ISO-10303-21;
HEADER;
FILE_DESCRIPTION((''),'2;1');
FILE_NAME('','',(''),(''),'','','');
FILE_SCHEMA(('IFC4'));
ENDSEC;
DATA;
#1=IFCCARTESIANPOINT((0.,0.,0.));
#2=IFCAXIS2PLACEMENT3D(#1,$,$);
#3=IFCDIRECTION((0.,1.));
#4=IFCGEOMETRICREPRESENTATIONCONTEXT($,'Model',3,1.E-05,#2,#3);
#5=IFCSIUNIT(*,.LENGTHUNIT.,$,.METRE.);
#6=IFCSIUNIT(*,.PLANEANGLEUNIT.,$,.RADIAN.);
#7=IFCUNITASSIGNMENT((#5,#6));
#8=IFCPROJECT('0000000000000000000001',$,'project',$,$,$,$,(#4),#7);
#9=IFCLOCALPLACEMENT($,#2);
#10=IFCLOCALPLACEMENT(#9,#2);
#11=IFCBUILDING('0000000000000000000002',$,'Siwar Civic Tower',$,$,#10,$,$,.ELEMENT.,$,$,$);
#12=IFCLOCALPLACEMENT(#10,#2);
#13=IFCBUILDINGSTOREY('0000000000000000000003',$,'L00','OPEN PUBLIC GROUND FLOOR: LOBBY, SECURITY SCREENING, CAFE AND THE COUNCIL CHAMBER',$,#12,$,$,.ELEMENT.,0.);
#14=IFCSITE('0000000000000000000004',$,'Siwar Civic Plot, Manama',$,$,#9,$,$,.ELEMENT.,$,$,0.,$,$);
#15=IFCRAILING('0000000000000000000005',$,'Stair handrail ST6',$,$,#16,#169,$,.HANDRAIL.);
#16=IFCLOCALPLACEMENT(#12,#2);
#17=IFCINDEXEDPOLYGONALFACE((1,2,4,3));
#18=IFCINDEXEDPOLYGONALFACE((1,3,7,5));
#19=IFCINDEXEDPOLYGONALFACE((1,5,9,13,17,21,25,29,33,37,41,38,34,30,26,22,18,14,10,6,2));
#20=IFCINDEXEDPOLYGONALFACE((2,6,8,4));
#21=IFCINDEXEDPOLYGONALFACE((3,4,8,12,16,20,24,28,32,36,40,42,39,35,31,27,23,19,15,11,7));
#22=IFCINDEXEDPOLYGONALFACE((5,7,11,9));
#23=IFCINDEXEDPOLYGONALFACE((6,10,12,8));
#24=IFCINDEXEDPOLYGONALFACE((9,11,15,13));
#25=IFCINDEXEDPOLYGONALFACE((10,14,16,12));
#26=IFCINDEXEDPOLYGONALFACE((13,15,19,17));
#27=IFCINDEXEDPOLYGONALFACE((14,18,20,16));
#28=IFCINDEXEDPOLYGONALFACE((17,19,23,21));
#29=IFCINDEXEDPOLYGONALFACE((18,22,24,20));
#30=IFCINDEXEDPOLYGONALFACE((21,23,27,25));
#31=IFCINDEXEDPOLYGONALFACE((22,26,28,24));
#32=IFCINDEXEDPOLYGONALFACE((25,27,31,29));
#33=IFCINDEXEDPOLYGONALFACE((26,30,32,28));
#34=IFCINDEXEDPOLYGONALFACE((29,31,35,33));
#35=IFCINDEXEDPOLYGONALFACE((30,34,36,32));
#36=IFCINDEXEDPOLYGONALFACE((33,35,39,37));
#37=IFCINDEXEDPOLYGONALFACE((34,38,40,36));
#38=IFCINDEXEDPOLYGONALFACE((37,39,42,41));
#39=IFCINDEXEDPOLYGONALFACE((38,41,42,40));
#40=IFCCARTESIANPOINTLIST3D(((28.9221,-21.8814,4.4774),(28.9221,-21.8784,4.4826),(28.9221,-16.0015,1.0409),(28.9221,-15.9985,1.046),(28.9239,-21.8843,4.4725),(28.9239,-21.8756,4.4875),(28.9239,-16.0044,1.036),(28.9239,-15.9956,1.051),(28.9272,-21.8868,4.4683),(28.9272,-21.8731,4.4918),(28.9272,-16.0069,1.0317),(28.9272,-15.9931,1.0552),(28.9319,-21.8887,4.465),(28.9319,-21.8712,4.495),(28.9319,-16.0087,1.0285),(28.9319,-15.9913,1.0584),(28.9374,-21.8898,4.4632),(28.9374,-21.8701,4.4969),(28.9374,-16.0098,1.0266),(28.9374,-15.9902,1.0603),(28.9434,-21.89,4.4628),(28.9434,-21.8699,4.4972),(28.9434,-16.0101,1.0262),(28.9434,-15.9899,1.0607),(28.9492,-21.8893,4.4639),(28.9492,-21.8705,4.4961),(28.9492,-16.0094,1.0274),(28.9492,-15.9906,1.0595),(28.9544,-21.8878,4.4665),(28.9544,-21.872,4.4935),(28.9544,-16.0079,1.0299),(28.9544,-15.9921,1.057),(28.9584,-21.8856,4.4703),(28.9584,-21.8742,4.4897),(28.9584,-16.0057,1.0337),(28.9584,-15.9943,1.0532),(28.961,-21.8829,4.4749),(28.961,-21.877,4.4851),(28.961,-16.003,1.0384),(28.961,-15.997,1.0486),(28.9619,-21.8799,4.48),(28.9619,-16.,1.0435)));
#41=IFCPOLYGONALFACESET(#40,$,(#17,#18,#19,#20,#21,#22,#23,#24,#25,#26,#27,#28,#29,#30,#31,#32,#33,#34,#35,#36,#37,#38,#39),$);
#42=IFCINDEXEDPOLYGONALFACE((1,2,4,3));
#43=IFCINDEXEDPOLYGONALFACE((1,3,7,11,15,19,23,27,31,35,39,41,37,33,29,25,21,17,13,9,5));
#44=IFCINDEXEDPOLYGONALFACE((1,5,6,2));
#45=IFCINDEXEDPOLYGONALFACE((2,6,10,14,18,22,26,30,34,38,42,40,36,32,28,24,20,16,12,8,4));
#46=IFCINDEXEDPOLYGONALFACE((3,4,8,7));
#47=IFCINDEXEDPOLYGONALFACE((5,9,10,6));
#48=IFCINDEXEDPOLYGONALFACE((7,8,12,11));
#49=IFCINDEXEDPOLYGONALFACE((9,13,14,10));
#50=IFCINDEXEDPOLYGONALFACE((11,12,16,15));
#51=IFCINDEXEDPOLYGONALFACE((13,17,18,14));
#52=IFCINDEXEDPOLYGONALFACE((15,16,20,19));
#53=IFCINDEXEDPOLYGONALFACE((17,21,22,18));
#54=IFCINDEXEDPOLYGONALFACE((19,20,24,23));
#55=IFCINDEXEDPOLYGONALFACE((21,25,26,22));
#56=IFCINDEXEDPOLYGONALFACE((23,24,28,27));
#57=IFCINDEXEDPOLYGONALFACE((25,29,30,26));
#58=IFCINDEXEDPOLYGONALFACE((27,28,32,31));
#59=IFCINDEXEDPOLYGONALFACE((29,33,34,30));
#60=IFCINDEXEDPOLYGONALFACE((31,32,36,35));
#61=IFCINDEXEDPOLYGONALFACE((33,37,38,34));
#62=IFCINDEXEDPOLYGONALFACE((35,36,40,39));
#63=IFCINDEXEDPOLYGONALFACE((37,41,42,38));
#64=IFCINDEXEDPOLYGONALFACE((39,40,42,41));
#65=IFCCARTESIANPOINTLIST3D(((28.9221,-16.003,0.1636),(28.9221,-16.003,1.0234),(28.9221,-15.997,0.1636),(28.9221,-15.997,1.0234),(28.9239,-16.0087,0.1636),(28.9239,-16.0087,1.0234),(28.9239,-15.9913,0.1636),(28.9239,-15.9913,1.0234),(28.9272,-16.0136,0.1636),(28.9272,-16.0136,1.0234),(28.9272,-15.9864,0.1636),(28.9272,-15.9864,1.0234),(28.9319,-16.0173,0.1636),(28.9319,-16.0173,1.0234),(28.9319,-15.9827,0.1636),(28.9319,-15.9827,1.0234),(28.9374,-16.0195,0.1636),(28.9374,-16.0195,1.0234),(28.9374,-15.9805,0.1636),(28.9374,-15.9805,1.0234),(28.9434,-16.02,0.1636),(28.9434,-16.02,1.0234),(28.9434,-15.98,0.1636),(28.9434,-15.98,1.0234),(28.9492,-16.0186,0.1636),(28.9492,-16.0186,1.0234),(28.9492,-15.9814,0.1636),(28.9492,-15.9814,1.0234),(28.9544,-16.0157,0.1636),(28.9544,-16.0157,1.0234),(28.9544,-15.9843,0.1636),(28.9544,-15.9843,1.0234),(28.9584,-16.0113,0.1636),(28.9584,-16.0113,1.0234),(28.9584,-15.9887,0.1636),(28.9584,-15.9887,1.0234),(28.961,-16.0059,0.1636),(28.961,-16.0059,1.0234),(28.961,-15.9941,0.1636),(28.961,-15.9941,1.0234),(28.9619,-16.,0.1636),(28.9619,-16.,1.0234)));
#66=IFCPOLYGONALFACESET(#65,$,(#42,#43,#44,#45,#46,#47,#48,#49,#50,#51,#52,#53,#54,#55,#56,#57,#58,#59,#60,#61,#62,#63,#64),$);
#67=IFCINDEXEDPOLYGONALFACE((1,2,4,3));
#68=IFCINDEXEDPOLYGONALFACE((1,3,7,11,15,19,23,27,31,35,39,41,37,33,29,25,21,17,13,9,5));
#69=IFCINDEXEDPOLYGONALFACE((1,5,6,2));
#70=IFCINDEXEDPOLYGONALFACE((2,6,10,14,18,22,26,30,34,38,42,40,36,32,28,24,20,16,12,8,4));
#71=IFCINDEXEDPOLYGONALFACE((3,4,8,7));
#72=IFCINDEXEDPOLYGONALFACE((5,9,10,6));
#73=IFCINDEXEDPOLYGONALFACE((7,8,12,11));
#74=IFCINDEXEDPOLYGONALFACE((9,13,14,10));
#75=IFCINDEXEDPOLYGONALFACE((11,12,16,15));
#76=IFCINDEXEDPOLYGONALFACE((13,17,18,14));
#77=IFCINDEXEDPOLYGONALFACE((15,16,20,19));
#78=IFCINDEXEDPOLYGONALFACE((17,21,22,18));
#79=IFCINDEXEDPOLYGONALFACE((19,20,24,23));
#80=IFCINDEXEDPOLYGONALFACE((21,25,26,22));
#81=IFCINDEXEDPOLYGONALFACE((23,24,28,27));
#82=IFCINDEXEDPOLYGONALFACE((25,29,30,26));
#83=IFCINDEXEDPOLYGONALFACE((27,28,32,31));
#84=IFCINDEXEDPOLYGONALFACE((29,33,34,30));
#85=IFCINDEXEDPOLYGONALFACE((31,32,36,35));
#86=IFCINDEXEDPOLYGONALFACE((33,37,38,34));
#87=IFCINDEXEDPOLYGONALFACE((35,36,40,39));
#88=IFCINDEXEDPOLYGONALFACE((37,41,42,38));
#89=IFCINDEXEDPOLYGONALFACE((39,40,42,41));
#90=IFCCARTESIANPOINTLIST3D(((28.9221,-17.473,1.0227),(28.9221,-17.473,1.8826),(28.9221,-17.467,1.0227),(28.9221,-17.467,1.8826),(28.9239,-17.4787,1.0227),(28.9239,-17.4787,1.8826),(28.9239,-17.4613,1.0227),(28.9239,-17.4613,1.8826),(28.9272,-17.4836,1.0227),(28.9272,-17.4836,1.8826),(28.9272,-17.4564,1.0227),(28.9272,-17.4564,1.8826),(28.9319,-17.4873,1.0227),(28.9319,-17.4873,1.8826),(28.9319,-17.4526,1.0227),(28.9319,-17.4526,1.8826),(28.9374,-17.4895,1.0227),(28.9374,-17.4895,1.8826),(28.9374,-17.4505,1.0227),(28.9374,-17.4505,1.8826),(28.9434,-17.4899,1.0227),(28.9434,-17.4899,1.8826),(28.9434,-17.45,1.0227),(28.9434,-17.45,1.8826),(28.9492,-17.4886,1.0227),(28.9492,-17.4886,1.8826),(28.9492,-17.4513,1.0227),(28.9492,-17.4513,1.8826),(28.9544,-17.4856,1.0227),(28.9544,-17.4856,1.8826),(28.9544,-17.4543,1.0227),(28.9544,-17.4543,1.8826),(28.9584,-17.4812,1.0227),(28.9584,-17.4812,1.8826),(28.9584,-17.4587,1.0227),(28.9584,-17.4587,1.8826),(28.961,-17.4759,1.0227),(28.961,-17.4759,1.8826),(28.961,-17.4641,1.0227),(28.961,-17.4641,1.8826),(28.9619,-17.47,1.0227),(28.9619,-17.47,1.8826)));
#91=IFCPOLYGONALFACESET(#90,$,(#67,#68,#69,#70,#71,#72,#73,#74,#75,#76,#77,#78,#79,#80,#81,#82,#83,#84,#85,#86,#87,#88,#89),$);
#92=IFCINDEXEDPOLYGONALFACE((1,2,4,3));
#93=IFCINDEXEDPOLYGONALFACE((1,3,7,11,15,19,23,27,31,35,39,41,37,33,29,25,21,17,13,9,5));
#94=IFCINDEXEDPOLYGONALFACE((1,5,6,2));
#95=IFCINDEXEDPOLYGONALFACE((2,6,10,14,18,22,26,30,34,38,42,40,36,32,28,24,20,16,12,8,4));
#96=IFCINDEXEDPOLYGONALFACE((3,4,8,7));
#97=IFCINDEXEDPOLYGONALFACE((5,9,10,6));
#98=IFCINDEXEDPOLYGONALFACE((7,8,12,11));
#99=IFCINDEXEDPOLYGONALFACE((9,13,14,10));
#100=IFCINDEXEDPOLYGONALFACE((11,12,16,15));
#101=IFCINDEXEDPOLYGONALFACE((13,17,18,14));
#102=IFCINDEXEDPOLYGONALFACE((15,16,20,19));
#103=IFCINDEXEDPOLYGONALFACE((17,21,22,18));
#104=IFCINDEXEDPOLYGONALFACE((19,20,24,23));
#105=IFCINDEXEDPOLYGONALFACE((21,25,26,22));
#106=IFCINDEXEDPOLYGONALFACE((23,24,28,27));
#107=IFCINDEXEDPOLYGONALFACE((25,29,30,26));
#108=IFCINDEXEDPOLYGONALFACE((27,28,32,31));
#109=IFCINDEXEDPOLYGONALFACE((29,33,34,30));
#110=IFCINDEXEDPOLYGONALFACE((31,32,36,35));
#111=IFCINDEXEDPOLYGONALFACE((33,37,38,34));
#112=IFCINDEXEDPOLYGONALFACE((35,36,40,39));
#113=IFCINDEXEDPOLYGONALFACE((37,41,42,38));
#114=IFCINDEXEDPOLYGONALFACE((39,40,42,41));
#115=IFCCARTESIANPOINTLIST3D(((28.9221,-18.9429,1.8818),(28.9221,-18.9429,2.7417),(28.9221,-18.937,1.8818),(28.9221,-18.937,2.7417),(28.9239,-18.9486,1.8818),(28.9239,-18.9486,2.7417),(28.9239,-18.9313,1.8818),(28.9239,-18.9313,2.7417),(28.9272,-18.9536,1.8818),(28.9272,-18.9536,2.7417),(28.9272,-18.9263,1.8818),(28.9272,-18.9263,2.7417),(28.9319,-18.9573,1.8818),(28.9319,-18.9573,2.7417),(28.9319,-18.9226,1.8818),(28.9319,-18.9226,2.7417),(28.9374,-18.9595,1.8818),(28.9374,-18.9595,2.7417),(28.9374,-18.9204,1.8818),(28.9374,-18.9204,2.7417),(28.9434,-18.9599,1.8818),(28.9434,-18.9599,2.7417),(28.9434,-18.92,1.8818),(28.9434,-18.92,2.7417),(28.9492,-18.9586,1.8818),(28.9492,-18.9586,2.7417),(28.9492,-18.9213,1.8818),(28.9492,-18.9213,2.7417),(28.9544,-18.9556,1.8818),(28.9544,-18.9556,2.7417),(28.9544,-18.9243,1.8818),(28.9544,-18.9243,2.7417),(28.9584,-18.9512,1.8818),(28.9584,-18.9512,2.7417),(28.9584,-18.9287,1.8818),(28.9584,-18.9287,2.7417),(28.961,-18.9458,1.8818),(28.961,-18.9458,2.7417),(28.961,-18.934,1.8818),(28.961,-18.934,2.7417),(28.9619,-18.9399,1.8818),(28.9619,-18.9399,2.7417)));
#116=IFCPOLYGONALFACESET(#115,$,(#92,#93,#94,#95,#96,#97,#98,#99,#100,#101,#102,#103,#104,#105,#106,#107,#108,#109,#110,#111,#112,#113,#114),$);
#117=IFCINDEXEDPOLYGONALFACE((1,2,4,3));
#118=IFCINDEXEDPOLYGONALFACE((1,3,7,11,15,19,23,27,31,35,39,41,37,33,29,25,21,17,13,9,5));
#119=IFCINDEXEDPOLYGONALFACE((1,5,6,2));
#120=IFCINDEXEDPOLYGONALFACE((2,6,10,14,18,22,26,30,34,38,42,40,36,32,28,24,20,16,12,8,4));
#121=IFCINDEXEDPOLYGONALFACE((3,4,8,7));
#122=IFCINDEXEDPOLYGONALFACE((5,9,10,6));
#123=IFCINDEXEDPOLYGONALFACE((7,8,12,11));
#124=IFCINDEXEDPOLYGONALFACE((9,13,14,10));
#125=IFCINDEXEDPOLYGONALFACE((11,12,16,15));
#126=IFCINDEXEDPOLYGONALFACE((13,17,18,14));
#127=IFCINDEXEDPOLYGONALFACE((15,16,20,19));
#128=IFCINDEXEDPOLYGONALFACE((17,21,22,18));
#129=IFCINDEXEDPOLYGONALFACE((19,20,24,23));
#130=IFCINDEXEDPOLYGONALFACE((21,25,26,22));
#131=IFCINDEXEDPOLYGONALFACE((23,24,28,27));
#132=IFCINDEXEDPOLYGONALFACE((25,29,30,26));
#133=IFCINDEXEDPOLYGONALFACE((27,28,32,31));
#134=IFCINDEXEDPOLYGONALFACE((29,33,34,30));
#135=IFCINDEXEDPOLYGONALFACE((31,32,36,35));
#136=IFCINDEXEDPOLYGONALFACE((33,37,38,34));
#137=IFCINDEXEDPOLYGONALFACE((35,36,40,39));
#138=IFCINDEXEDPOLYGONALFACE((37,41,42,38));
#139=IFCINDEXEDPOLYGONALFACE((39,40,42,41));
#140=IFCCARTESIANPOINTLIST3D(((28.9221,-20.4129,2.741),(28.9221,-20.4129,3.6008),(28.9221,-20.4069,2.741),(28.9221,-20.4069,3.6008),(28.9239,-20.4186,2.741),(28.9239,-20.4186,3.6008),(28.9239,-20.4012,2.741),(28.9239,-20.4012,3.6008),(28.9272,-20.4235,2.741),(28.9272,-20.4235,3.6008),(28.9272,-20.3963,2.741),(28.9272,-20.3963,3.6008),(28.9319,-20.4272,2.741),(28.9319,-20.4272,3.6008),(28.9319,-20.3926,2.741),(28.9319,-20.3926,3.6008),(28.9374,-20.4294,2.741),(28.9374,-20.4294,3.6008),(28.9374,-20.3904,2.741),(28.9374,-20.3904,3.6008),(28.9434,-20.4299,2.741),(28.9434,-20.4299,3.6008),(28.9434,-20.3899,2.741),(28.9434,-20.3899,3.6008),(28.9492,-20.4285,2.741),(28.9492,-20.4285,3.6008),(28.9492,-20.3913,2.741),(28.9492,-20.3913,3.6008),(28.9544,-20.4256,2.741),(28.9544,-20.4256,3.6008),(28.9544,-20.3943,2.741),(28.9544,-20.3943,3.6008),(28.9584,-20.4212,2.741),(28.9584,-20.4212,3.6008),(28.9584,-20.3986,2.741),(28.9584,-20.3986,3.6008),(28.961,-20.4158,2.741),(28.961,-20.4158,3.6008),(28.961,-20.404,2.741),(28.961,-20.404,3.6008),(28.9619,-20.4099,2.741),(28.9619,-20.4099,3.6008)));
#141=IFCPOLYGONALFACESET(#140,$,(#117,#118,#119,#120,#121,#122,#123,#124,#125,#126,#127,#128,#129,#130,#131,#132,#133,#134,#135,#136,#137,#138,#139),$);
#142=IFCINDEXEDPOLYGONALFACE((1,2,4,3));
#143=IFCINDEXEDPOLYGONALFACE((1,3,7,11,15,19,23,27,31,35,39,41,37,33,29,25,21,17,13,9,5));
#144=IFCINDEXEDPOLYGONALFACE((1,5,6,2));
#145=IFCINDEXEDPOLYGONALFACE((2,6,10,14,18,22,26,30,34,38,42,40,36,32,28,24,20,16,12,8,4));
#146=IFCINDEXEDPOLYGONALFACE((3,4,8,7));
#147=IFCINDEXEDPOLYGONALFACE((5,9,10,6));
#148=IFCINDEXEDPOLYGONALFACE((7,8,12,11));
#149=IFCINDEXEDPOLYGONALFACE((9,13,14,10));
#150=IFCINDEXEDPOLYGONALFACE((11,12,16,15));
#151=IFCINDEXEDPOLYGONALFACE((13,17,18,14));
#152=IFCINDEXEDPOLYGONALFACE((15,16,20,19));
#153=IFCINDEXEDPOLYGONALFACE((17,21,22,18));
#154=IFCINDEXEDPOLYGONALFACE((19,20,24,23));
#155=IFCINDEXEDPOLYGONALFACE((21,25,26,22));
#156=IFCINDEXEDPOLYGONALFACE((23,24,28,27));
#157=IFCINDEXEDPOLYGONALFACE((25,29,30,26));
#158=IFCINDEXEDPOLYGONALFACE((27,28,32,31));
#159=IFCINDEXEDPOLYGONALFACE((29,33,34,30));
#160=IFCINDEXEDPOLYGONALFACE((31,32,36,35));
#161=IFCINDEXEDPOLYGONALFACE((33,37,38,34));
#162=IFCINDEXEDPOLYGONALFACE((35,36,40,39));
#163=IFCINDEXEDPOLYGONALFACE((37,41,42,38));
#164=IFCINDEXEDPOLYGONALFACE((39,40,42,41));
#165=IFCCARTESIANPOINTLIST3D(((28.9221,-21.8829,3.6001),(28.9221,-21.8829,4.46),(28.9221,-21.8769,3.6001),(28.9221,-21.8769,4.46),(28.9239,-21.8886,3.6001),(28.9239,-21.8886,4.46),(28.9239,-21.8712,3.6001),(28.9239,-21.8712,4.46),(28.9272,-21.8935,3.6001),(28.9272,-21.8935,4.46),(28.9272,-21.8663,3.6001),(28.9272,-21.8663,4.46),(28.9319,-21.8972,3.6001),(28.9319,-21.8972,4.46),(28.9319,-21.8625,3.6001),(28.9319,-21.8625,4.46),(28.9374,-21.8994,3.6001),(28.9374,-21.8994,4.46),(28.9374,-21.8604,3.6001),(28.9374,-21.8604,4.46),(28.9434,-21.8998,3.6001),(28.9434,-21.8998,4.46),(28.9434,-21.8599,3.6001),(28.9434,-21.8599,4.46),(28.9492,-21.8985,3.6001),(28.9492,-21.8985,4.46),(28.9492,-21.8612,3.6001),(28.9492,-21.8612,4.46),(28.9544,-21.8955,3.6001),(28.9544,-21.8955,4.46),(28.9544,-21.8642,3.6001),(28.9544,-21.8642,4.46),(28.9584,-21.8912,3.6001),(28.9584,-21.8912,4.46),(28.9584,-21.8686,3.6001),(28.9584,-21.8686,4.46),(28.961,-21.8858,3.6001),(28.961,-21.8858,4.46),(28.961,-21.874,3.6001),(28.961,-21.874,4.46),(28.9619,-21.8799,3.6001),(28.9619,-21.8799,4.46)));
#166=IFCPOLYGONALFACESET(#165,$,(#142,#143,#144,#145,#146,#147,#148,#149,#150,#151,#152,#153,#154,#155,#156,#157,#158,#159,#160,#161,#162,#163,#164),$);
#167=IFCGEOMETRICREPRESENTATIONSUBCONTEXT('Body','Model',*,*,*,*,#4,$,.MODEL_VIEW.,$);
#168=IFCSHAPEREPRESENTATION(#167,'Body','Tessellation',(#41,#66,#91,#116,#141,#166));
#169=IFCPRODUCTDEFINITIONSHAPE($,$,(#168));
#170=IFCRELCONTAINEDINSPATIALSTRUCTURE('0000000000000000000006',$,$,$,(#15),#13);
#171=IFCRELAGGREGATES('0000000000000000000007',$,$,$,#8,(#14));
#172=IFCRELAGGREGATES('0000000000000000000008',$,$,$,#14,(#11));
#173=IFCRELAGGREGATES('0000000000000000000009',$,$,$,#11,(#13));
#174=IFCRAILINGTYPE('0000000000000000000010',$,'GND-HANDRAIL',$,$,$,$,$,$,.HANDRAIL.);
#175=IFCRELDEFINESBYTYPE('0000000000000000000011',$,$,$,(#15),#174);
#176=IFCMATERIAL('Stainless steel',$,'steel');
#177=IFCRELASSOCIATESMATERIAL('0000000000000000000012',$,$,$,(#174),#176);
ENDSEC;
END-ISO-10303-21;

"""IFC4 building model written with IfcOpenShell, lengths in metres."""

from ifc_helpers import new_model, si_unit, direction, frame, origin, origin_2d, place, context, subcontext, project, spatial, circle, extrude, material, type_object, element, save


model = new_model("IFC4")

# Units and contexts
model_context = context("Model", 3, precision=1e-05, world=origin(), true_north=direction((0.0, 1.0)))
body_context = subcontext(model_context, "Body", "Model", "MODEL_VIEW")
ifc_project = project(units=[si_unit("LENGTHUNIT", "METRE"), si_unit("PLANEANGLEUNIT", "RADIAN")], contexts=[model_context])

# Site, building, storey
site_placement = place(None, origin())
site = spatial("IfcSite", under=ifc_project, at=site_placement, Name="Siwar Civic Plot, Manama", CompositionType="ELEMENT", RefElevation=0.0)
building_placement = place(site_placement, origin())
building = spatial("IfcBuilding", under=site, at=building_placement, Name="Siwar Civic Tower", CompositionType="ELEMENT")
storey_placement = place(building_placement, origin())
storey = spatial("IfcBuildingStorey", under=building, at=storey_placement, Name="L00", Description="OPEN PUBLIC GROUND FLOOR: LOBBY, SECURITY SCREENING, CAFE AND THE COUNCIL CHAMBER", CompositionType="ELEMENT", Elevation=0.0)

# Railing
ifc_material_1 = material(Name="Stainless steel", Category="steel")
railing_type = type_object("IfcRailingType", Name="GND-HANDRAIL", PredefinedType="HANDRAIL", material=ifc_material_1)
railing_1_placement = place(storey_placement, frame((28.9419, -16.0, 0.1636)))
element("IfcRailing", 1, at=railing_1_placement, inside=storey, type_object=railing_type, Name="Stair handrail ST6", PredefinedType="HANDRAIL", context=body_context, shape_type="SweptSolid", body=[
    extrude(circle(Radius=0.02, at=origin_2d()), frame((0.0, 0.0, 0.8799), z_axis=(0.0, -0.863357, 0.504593), x_axis=(1.0, 0.0, 0.0)), (0.0, 0.0, 1.0), 6.8105),
    extrude(circle(Radius=0.02, at=origin_2d()), origin(), (0.0, 0.0, 1.0), 0.8599),
    extrude(circle(Radius=0.02, at=origin_2d()), frame((0.0, -1.47, 0.8591)), (0.0, 0.0, 1.0), 0.8599),
    extrude(circle(Radius=0.02, at=origin_2d()), frame((0.0, -2.9399, 1.7183)), (0.0, 0.0, 1.0), 0.8599),
    extrude(circle(Radius=0.02, at=origin_2d()), frame((0.0, -4.4099, 2.5774)), (0.0, 0.0, 1.0), 0.8599),
    extrude(circle(Radius=0.02, at=origin_2d()), frame((0.0, -5.8799, 3.4365)), (0.0, 0.0, 1.0), 0.8599),
])

save(model, "model.ifc")
